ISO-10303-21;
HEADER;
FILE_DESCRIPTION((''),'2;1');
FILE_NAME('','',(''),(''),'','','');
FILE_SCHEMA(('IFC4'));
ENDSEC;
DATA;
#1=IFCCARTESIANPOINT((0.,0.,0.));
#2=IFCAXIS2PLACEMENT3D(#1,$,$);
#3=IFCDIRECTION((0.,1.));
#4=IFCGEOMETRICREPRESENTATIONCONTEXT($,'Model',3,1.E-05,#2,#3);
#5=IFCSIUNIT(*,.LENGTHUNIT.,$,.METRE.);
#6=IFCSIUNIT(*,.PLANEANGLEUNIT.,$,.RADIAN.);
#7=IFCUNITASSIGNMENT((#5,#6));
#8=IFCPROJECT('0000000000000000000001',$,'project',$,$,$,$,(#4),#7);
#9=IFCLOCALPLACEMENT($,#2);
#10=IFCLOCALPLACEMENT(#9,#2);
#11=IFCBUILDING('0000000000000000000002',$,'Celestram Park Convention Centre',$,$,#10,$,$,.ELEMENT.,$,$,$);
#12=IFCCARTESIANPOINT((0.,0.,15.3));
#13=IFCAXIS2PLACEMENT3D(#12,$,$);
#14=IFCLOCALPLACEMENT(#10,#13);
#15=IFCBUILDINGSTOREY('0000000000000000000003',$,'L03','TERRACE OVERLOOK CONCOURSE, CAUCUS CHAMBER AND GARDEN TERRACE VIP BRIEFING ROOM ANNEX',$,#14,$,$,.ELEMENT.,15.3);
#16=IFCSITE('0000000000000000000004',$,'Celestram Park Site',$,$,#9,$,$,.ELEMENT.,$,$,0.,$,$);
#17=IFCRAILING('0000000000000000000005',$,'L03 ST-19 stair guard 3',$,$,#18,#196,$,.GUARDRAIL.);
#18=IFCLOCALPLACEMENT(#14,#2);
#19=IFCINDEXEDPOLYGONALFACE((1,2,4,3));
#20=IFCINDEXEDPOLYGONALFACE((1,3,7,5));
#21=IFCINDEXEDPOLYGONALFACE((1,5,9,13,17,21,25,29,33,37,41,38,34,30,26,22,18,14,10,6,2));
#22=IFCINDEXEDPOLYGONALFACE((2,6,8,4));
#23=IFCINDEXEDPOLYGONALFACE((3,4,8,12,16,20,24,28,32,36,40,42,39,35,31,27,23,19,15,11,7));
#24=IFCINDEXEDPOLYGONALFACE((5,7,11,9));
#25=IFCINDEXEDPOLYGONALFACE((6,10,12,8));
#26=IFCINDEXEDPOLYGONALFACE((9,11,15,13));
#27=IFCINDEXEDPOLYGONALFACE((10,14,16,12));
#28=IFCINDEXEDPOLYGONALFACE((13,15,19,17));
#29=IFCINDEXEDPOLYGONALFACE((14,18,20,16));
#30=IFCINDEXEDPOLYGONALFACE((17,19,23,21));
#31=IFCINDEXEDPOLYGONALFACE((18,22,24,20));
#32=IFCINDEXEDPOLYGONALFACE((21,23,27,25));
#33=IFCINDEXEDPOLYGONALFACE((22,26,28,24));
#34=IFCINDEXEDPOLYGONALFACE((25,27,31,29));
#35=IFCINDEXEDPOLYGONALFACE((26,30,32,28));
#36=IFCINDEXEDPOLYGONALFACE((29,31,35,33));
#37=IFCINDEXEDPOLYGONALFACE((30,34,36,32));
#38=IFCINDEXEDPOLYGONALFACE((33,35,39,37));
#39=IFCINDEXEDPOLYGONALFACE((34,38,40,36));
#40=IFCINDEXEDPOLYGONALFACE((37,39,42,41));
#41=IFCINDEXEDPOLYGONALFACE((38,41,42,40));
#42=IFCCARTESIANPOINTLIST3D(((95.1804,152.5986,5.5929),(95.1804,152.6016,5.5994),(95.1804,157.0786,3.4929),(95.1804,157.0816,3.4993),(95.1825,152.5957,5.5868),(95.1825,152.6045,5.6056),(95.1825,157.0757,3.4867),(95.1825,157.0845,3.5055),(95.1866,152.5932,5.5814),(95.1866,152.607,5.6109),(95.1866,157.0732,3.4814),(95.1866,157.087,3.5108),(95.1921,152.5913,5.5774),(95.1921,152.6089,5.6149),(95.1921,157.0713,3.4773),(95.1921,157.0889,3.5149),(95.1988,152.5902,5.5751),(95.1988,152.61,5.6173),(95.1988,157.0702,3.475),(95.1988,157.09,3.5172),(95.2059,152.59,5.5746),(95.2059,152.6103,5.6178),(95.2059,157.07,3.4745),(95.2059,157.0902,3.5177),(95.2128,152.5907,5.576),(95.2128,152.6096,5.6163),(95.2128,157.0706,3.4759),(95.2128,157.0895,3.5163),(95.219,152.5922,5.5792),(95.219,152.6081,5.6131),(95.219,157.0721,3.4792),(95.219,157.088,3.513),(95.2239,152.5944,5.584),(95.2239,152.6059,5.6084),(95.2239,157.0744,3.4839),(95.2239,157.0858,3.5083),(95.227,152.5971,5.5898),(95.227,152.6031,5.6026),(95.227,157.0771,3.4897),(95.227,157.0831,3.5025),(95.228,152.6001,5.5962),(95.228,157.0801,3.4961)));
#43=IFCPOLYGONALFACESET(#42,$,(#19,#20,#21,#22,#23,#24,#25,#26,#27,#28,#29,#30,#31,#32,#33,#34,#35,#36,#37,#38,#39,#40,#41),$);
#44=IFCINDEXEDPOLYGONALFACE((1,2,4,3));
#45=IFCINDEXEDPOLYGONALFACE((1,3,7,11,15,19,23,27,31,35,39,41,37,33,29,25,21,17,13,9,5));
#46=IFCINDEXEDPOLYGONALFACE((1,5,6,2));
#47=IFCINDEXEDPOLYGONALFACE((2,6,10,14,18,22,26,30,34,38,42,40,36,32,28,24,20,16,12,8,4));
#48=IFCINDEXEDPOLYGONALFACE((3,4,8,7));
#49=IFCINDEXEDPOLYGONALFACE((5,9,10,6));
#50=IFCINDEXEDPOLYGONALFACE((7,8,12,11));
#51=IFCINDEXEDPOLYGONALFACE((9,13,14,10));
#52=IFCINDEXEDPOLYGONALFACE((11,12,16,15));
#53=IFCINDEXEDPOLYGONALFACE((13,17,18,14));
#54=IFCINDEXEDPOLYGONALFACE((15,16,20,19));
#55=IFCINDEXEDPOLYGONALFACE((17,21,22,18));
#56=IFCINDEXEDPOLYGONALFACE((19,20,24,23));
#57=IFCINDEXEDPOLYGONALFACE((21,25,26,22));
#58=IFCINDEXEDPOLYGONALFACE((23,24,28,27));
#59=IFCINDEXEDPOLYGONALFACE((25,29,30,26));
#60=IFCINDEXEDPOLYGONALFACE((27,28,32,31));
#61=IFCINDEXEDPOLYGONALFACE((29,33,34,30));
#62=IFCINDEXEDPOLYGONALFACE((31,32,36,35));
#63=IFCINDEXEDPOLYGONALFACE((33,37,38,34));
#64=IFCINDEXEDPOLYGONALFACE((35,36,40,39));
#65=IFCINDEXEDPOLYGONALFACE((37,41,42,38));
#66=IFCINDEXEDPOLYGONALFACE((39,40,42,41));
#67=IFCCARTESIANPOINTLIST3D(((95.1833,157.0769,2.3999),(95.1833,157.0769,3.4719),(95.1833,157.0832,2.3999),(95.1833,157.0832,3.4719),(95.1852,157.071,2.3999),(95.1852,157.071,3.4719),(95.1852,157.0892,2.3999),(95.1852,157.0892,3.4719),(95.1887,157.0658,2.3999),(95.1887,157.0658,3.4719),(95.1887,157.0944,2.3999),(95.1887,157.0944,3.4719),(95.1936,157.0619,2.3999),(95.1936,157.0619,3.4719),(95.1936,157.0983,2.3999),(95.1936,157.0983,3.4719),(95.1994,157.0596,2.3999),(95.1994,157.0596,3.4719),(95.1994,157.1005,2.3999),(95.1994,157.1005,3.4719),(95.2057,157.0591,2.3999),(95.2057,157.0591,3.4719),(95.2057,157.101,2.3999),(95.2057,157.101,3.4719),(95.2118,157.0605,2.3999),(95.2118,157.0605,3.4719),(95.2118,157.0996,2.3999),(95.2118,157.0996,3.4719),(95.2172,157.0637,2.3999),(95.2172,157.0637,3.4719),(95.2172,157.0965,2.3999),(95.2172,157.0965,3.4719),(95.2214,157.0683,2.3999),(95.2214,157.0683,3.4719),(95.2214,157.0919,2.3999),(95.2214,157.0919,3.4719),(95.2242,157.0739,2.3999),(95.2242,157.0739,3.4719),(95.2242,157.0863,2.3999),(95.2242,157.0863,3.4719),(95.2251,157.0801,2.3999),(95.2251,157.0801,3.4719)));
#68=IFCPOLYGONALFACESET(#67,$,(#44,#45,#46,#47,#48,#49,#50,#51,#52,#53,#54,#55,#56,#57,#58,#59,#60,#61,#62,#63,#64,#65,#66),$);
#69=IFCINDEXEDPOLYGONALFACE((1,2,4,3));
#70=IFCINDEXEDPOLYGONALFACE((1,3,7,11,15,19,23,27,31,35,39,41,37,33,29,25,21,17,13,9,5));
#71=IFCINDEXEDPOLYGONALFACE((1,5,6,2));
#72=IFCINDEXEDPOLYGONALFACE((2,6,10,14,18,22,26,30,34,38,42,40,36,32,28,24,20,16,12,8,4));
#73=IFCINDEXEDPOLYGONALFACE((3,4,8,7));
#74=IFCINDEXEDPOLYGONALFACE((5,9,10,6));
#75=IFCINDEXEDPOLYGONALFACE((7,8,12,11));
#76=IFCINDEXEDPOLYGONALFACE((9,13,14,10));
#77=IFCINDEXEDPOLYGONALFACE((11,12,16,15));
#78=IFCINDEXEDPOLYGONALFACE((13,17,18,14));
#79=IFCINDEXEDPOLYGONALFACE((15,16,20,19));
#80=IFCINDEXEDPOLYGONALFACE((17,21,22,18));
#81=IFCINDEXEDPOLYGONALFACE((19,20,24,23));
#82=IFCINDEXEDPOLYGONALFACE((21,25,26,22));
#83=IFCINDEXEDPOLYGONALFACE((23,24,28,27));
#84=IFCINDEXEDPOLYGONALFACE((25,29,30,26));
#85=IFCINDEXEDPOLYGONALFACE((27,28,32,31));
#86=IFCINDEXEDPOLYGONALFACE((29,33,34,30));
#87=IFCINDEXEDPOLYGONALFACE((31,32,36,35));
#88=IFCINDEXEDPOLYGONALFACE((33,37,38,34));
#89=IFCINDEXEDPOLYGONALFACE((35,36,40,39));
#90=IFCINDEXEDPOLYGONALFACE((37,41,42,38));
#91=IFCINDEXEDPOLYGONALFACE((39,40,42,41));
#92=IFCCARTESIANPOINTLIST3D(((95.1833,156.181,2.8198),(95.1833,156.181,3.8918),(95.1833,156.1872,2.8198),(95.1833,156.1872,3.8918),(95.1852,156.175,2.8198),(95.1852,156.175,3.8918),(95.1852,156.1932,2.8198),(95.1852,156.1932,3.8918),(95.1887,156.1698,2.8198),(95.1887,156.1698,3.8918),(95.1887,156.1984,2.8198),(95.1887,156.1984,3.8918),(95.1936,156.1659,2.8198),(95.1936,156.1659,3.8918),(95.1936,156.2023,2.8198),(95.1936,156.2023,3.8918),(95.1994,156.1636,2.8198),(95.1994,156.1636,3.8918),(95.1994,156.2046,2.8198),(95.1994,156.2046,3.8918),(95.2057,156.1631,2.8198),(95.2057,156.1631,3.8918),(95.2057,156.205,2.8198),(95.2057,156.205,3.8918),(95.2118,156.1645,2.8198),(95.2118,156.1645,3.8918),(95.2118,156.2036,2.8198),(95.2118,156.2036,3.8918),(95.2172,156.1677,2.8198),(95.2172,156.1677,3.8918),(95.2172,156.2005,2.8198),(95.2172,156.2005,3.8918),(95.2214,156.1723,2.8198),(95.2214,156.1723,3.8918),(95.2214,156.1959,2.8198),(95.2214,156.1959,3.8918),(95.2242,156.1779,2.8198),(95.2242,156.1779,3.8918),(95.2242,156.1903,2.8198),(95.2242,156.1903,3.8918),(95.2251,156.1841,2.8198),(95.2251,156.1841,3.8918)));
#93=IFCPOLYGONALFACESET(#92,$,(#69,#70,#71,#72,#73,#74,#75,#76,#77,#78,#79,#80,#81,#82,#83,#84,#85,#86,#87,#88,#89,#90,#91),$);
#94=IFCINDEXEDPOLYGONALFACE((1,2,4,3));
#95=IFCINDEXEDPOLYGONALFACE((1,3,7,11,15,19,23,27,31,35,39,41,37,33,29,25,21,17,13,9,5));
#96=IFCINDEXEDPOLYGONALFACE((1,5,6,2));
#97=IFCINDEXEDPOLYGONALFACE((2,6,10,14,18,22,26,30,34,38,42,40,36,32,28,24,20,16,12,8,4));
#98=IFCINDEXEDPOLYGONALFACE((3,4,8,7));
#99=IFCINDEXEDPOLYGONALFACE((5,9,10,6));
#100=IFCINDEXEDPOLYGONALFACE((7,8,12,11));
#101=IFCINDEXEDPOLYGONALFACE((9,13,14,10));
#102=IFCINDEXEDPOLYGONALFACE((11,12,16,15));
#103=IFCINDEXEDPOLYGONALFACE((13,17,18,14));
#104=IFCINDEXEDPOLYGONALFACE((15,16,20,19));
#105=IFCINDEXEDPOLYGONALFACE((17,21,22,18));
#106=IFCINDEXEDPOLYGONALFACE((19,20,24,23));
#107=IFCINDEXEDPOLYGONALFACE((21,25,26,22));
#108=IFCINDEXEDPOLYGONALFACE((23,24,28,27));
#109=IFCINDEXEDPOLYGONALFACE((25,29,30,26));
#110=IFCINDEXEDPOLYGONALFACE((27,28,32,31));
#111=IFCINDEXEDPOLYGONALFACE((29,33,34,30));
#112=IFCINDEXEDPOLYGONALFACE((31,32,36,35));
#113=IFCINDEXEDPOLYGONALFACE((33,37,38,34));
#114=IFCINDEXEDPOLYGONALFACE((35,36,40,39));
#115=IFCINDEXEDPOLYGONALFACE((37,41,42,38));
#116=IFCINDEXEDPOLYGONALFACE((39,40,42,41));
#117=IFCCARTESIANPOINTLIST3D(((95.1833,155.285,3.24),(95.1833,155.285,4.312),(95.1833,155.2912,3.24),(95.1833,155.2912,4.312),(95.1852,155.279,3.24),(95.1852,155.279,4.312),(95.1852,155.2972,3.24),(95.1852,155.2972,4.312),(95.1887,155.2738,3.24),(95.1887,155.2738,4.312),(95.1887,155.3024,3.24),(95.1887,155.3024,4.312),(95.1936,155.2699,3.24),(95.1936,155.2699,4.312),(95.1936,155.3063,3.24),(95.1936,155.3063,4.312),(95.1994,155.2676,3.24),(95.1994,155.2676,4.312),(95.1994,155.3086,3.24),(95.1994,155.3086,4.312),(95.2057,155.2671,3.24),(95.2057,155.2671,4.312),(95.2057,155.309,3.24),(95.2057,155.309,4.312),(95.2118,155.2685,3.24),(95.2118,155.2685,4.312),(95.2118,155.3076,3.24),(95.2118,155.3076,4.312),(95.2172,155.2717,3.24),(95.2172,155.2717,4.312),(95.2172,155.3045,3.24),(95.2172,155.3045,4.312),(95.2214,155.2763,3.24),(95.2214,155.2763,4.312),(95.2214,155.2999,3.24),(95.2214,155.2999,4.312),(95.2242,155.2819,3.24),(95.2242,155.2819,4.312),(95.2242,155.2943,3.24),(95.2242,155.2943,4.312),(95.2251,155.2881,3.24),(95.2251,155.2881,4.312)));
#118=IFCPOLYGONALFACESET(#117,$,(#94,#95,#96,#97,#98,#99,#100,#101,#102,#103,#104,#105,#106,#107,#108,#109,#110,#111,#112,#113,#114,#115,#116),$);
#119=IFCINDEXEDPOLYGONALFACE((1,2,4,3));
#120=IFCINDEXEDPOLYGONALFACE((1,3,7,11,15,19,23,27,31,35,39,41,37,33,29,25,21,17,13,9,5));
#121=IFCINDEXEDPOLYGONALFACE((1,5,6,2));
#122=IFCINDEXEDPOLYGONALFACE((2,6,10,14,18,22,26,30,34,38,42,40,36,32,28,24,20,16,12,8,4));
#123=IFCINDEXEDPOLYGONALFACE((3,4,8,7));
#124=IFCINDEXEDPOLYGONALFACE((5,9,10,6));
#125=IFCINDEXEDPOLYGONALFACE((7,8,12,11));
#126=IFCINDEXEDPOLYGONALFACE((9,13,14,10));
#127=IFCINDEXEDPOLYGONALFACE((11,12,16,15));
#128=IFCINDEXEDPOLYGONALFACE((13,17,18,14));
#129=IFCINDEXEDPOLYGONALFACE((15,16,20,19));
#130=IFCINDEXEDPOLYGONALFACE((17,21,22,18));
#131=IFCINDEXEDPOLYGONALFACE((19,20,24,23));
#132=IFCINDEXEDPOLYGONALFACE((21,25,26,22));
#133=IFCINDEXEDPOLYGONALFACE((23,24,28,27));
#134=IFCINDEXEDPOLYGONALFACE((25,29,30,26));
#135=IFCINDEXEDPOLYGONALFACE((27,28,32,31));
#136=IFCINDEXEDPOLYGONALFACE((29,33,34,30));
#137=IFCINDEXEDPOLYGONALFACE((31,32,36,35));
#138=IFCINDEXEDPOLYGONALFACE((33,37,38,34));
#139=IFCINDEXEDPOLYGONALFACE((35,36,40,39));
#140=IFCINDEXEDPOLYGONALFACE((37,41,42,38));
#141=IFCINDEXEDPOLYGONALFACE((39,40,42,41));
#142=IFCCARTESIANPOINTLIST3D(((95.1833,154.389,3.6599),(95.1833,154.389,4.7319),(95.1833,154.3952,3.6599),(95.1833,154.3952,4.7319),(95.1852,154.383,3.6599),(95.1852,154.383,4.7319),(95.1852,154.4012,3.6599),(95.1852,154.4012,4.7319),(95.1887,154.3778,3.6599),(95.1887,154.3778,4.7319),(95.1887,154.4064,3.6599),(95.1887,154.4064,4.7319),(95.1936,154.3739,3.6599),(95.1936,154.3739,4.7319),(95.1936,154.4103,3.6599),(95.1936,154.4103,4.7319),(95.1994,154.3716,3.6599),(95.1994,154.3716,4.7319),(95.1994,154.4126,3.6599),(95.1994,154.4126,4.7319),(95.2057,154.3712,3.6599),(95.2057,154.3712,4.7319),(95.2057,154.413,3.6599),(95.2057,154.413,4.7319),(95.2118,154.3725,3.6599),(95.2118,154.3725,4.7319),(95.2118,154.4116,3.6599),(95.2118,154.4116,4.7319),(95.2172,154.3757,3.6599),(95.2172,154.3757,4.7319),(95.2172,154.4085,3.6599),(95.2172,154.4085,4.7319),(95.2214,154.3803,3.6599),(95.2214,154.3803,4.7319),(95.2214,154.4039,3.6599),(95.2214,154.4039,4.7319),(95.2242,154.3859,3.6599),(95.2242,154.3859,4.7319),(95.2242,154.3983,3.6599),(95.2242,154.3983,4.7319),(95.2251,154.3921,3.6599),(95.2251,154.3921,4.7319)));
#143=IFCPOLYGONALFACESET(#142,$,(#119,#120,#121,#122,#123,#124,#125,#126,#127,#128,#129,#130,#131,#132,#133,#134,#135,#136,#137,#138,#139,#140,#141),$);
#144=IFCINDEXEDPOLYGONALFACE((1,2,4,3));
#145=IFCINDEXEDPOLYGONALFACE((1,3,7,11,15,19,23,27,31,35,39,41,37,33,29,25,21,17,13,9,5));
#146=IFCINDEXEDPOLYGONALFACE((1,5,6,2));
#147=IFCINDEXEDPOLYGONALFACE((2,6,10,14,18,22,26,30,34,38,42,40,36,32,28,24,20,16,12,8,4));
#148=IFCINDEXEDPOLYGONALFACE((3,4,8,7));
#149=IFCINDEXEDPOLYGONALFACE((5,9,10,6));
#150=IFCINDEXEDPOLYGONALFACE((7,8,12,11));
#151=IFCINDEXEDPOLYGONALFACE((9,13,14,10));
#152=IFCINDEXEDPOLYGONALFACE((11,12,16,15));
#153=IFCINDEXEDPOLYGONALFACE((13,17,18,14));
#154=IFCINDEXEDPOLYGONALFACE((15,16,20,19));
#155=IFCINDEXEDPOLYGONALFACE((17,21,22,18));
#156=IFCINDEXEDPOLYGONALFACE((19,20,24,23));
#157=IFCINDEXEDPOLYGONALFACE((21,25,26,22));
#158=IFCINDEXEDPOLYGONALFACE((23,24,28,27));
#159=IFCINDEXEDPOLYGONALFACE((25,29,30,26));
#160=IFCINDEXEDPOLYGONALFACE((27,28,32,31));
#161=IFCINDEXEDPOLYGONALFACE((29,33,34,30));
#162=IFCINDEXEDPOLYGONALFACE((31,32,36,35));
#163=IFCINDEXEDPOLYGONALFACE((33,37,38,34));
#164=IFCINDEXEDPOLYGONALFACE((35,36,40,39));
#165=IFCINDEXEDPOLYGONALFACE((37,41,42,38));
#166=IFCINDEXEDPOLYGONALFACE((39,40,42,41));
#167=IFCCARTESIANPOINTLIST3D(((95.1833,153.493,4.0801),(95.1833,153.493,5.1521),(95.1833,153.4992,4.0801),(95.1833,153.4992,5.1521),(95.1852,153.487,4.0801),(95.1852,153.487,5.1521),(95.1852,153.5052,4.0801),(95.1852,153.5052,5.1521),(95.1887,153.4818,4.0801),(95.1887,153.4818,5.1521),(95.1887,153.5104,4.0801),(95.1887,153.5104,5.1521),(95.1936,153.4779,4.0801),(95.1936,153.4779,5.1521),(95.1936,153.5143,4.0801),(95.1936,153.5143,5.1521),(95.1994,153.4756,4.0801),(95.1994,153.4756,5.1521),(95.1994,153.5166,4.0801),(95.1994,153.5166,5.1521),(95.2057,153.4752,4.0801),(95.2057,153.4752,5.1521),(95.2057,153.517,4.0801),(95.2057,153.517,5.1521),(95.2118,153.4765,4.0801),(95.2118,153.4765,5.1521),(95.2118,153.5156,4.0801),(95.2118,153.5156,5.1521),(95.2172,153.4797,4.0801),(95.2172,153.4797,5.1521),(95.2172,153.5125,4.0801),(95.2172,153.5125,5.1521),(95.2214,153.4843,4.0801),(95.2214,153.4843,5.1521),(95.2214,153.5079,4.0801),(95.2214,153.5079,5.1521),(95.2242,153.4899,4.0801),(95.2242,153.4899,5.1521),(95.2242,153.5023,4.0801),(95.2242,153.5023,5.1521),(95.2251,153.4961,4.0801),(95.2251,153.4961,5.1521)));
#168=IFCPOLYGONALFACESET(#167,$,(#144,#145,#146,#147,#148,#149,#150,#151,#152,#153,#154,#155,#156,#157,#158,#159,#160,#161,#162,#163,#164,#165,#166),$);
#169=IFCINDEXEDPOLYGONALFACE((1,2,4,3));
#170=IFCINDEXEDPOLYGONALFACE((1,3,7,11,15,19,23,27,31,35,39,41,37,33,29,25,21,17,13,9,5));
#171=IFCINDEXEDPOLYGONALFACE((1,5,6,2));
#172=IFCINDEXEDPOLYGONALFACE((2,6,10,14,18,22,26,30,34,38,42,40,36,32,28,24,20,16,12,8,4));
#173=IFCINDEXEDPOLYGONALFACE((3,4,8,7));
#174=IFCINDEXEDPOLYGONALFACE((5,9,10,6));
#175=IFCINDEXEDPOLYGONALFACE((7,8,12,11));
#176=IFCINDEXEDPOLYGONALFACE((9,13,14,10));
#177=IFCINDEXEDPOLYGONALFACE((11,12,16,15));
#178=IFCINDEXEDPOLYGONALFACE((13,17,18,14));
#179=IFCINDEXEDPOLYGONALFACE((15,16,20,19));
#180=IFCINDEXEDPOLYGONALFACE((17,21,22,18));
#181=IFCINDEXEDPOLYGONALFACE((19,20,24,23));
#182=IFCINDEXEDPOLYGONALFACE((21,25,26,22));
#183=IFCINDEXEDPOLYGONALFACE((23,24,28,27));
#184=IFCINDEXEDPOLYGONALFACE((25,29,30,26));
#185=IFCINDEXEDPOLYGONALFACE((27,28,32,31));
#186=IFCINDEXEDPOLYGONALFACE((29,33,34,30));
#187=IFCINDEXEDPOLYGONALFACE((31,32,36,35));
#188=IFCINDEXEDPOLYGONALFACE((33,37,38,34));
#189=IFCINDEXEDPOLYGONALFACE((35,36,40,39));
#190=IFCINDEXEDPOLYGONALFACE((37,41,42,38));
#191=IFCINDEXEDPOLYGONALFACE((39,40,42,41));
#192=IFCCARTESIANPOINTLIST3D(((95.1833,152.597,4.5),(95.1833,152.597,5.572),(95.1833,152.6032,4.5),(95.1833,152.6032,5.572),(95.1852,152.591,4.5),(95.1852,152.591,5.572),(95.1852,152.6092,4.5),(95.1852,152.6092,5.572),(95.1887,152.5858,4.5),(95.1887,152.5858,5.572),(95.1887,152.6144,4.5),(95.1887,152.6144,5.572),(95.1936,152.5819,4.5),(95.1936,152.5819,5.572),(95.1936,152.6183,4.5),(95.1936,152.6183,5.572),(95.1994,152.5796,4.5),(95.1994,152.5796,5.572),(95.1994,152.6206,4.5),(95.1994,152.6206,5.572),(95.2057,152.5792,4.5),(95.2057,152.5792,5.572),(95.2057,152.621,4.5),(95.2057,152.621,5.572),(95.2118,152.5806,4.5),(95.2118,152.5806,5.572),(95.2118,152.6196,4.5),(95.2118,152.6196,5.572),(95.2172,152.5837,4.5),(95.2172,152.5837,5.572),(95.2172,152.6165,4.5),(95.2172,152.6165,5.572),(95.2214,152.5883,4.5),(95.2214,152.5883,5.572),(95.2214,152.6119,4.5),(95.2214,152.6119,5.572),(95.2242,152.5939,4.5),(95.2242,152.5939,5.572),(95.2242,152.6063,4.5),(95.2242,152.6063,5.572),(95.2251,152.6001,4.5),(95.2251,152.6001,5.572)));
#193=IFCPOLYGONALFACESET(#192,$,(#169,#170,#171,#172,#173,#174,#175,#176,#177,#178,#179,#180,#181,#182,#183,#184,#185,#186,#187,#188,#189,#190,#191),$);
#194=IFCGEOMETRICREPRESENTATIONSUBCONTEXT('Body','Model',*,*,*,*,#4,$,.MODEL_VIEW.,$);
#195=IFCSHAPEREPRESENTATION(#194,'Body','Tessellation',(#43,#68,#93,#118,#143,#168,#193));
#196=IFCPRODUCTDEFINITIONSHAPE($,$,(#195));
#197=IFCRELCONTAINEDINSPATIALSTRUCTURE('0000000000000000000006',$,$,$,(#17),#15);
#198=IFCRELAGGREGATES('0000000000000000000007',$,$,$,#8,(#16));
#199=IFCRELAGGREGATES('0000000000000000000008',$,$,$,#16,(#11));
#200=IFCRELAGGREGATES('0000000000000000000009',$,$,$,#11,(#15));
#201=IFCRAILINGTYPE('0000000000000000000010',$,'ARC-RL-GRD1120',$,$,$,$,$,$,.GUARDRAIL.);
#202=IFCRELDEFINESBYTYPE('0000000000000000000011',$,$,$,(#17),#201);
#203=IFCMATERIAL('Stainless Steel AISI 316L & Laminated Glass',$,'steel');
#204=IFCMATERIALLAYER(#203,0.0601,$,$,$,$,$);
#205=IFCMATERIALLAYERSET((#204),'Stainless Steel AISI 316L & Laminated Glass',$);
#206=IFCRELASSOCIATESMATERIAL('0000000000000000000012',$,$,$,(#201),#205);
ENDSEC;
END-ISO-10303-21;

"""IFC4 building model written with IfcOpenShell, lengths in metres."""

from ifc_helpers import new_model, si_unit, direction, frame, origin, origin_2d, place, context, subcontext, project, spatial, circle, extrude, material, layer, layer_set, type_object, element, save


model = new_model("IFC4")

# Units and contexts
model_context = context("Model", 3, precision=1e-05, world=origin(), true_north=direction((0.0, 1.0)))
body_context = subcontext(model_context, "Body", "Model", "MODEL_VIEW")
ifc_project = project(units=[si_unit("LENGTHUNIT", "METRE"), si_unit("PLANEANGLEUNIT", "RADIAN")], contexts=[model_context])

# Site, building, storey
site_placement = place(None, origin())
site = spatial("IfcSite", under=ifc_project, at=site_placement, Name="Celestram Park Site", CompositionType="ELEMENT", RefElevation=0.0)
building_placement = place(site_placement, origin())
building = spatial("IfcBuilding", under=site, at=building_placement, Name="Celestram Park Convention Centre", CompositionType="ELEMENT")
storey_placement = place(building_placement, frame((0.0, 0.0, 15.3)))
storey = spatial("IfcBuildingStorey", under=building, at=storey_placement, Name="L03", Description="TERRACE OVERLOOK CONCOURSE, CAUCUS CHAMBER AND GARDEN TERRACE VIP BRIEFING ROOM ANNEX", CompositionType="ELEMENT", Elevation=15.3)

# Railing
ifc_material_1 = material(Name="Stainless Steel AISI 316L & Laminated Glass", Category="steel")
ifc_layer_1 = layer(ifc_material_1, 0.0601)
ifc_layer_set_1 = layer_set([ifc_layer_1], Name="Stainless Steel AISI 316L & Laminated Glass")
railing_type_1 = type_object("IfcRailingType", Name="ARC-RL-GRD1120", PredefinedType="GUARDRAIL", material=ifc_layer_set_1)
railing_1_placement = place(storey_placement, frame((95.2041, 157.0801, 2.3999)))
element("IfcRailing", 1, at=railing_1_placement, inside=storey, type_object=railing_type_1, Name="L03 ST-19 stair guard 3", PredefinedType="GUARDRAIL", context=body_context, shape_type="SweptSolid", body=[
    extrude(circle(Radius=0.0239, at=origin_2d()), frame((0.0, 0.0, 1.0962), z_axis=(0.0, -0.905451, 0.424452), x_axis=(1.0, 0.0, 0.0)), (0.0, 0.0, 1.0), 4.9478),
    extrude(circle(Radius=0.021, at=origin_2d()), origin(), (0.0, 0.0, 1.0), 1.072),
    extrude(circle(Radius=0.021, at=origin_2d()), frame((0.0, -0.896, 0.4199)), (0.0, 0.0, 1.0), 1.072),
    extrude(circle(Radius=0.021, at=origin_2d()), frame((0.0, -1.792, 0.8401)), (0.0, 0.0, 1.0), 1.072),
    extrude(circle(Radius=0.021, at=origin_2d()), frame((0.0, -2.688, 1.26)), (0.0, 0.0, 1.0), 1.072),
    extrude(circle(Radius=0.021, at=origin_2d()), frame((0.0, -3.584, 1.6802)), (0.0, 0.0, 1.0), 1.072),
    extrude(circle(Radius=0.021, at=origin_2d()), frame((0.0, -4.48, 2.1001)), (0.0, 0.0, 1.0), 1.072),
])

save(model, "model.ifc")
